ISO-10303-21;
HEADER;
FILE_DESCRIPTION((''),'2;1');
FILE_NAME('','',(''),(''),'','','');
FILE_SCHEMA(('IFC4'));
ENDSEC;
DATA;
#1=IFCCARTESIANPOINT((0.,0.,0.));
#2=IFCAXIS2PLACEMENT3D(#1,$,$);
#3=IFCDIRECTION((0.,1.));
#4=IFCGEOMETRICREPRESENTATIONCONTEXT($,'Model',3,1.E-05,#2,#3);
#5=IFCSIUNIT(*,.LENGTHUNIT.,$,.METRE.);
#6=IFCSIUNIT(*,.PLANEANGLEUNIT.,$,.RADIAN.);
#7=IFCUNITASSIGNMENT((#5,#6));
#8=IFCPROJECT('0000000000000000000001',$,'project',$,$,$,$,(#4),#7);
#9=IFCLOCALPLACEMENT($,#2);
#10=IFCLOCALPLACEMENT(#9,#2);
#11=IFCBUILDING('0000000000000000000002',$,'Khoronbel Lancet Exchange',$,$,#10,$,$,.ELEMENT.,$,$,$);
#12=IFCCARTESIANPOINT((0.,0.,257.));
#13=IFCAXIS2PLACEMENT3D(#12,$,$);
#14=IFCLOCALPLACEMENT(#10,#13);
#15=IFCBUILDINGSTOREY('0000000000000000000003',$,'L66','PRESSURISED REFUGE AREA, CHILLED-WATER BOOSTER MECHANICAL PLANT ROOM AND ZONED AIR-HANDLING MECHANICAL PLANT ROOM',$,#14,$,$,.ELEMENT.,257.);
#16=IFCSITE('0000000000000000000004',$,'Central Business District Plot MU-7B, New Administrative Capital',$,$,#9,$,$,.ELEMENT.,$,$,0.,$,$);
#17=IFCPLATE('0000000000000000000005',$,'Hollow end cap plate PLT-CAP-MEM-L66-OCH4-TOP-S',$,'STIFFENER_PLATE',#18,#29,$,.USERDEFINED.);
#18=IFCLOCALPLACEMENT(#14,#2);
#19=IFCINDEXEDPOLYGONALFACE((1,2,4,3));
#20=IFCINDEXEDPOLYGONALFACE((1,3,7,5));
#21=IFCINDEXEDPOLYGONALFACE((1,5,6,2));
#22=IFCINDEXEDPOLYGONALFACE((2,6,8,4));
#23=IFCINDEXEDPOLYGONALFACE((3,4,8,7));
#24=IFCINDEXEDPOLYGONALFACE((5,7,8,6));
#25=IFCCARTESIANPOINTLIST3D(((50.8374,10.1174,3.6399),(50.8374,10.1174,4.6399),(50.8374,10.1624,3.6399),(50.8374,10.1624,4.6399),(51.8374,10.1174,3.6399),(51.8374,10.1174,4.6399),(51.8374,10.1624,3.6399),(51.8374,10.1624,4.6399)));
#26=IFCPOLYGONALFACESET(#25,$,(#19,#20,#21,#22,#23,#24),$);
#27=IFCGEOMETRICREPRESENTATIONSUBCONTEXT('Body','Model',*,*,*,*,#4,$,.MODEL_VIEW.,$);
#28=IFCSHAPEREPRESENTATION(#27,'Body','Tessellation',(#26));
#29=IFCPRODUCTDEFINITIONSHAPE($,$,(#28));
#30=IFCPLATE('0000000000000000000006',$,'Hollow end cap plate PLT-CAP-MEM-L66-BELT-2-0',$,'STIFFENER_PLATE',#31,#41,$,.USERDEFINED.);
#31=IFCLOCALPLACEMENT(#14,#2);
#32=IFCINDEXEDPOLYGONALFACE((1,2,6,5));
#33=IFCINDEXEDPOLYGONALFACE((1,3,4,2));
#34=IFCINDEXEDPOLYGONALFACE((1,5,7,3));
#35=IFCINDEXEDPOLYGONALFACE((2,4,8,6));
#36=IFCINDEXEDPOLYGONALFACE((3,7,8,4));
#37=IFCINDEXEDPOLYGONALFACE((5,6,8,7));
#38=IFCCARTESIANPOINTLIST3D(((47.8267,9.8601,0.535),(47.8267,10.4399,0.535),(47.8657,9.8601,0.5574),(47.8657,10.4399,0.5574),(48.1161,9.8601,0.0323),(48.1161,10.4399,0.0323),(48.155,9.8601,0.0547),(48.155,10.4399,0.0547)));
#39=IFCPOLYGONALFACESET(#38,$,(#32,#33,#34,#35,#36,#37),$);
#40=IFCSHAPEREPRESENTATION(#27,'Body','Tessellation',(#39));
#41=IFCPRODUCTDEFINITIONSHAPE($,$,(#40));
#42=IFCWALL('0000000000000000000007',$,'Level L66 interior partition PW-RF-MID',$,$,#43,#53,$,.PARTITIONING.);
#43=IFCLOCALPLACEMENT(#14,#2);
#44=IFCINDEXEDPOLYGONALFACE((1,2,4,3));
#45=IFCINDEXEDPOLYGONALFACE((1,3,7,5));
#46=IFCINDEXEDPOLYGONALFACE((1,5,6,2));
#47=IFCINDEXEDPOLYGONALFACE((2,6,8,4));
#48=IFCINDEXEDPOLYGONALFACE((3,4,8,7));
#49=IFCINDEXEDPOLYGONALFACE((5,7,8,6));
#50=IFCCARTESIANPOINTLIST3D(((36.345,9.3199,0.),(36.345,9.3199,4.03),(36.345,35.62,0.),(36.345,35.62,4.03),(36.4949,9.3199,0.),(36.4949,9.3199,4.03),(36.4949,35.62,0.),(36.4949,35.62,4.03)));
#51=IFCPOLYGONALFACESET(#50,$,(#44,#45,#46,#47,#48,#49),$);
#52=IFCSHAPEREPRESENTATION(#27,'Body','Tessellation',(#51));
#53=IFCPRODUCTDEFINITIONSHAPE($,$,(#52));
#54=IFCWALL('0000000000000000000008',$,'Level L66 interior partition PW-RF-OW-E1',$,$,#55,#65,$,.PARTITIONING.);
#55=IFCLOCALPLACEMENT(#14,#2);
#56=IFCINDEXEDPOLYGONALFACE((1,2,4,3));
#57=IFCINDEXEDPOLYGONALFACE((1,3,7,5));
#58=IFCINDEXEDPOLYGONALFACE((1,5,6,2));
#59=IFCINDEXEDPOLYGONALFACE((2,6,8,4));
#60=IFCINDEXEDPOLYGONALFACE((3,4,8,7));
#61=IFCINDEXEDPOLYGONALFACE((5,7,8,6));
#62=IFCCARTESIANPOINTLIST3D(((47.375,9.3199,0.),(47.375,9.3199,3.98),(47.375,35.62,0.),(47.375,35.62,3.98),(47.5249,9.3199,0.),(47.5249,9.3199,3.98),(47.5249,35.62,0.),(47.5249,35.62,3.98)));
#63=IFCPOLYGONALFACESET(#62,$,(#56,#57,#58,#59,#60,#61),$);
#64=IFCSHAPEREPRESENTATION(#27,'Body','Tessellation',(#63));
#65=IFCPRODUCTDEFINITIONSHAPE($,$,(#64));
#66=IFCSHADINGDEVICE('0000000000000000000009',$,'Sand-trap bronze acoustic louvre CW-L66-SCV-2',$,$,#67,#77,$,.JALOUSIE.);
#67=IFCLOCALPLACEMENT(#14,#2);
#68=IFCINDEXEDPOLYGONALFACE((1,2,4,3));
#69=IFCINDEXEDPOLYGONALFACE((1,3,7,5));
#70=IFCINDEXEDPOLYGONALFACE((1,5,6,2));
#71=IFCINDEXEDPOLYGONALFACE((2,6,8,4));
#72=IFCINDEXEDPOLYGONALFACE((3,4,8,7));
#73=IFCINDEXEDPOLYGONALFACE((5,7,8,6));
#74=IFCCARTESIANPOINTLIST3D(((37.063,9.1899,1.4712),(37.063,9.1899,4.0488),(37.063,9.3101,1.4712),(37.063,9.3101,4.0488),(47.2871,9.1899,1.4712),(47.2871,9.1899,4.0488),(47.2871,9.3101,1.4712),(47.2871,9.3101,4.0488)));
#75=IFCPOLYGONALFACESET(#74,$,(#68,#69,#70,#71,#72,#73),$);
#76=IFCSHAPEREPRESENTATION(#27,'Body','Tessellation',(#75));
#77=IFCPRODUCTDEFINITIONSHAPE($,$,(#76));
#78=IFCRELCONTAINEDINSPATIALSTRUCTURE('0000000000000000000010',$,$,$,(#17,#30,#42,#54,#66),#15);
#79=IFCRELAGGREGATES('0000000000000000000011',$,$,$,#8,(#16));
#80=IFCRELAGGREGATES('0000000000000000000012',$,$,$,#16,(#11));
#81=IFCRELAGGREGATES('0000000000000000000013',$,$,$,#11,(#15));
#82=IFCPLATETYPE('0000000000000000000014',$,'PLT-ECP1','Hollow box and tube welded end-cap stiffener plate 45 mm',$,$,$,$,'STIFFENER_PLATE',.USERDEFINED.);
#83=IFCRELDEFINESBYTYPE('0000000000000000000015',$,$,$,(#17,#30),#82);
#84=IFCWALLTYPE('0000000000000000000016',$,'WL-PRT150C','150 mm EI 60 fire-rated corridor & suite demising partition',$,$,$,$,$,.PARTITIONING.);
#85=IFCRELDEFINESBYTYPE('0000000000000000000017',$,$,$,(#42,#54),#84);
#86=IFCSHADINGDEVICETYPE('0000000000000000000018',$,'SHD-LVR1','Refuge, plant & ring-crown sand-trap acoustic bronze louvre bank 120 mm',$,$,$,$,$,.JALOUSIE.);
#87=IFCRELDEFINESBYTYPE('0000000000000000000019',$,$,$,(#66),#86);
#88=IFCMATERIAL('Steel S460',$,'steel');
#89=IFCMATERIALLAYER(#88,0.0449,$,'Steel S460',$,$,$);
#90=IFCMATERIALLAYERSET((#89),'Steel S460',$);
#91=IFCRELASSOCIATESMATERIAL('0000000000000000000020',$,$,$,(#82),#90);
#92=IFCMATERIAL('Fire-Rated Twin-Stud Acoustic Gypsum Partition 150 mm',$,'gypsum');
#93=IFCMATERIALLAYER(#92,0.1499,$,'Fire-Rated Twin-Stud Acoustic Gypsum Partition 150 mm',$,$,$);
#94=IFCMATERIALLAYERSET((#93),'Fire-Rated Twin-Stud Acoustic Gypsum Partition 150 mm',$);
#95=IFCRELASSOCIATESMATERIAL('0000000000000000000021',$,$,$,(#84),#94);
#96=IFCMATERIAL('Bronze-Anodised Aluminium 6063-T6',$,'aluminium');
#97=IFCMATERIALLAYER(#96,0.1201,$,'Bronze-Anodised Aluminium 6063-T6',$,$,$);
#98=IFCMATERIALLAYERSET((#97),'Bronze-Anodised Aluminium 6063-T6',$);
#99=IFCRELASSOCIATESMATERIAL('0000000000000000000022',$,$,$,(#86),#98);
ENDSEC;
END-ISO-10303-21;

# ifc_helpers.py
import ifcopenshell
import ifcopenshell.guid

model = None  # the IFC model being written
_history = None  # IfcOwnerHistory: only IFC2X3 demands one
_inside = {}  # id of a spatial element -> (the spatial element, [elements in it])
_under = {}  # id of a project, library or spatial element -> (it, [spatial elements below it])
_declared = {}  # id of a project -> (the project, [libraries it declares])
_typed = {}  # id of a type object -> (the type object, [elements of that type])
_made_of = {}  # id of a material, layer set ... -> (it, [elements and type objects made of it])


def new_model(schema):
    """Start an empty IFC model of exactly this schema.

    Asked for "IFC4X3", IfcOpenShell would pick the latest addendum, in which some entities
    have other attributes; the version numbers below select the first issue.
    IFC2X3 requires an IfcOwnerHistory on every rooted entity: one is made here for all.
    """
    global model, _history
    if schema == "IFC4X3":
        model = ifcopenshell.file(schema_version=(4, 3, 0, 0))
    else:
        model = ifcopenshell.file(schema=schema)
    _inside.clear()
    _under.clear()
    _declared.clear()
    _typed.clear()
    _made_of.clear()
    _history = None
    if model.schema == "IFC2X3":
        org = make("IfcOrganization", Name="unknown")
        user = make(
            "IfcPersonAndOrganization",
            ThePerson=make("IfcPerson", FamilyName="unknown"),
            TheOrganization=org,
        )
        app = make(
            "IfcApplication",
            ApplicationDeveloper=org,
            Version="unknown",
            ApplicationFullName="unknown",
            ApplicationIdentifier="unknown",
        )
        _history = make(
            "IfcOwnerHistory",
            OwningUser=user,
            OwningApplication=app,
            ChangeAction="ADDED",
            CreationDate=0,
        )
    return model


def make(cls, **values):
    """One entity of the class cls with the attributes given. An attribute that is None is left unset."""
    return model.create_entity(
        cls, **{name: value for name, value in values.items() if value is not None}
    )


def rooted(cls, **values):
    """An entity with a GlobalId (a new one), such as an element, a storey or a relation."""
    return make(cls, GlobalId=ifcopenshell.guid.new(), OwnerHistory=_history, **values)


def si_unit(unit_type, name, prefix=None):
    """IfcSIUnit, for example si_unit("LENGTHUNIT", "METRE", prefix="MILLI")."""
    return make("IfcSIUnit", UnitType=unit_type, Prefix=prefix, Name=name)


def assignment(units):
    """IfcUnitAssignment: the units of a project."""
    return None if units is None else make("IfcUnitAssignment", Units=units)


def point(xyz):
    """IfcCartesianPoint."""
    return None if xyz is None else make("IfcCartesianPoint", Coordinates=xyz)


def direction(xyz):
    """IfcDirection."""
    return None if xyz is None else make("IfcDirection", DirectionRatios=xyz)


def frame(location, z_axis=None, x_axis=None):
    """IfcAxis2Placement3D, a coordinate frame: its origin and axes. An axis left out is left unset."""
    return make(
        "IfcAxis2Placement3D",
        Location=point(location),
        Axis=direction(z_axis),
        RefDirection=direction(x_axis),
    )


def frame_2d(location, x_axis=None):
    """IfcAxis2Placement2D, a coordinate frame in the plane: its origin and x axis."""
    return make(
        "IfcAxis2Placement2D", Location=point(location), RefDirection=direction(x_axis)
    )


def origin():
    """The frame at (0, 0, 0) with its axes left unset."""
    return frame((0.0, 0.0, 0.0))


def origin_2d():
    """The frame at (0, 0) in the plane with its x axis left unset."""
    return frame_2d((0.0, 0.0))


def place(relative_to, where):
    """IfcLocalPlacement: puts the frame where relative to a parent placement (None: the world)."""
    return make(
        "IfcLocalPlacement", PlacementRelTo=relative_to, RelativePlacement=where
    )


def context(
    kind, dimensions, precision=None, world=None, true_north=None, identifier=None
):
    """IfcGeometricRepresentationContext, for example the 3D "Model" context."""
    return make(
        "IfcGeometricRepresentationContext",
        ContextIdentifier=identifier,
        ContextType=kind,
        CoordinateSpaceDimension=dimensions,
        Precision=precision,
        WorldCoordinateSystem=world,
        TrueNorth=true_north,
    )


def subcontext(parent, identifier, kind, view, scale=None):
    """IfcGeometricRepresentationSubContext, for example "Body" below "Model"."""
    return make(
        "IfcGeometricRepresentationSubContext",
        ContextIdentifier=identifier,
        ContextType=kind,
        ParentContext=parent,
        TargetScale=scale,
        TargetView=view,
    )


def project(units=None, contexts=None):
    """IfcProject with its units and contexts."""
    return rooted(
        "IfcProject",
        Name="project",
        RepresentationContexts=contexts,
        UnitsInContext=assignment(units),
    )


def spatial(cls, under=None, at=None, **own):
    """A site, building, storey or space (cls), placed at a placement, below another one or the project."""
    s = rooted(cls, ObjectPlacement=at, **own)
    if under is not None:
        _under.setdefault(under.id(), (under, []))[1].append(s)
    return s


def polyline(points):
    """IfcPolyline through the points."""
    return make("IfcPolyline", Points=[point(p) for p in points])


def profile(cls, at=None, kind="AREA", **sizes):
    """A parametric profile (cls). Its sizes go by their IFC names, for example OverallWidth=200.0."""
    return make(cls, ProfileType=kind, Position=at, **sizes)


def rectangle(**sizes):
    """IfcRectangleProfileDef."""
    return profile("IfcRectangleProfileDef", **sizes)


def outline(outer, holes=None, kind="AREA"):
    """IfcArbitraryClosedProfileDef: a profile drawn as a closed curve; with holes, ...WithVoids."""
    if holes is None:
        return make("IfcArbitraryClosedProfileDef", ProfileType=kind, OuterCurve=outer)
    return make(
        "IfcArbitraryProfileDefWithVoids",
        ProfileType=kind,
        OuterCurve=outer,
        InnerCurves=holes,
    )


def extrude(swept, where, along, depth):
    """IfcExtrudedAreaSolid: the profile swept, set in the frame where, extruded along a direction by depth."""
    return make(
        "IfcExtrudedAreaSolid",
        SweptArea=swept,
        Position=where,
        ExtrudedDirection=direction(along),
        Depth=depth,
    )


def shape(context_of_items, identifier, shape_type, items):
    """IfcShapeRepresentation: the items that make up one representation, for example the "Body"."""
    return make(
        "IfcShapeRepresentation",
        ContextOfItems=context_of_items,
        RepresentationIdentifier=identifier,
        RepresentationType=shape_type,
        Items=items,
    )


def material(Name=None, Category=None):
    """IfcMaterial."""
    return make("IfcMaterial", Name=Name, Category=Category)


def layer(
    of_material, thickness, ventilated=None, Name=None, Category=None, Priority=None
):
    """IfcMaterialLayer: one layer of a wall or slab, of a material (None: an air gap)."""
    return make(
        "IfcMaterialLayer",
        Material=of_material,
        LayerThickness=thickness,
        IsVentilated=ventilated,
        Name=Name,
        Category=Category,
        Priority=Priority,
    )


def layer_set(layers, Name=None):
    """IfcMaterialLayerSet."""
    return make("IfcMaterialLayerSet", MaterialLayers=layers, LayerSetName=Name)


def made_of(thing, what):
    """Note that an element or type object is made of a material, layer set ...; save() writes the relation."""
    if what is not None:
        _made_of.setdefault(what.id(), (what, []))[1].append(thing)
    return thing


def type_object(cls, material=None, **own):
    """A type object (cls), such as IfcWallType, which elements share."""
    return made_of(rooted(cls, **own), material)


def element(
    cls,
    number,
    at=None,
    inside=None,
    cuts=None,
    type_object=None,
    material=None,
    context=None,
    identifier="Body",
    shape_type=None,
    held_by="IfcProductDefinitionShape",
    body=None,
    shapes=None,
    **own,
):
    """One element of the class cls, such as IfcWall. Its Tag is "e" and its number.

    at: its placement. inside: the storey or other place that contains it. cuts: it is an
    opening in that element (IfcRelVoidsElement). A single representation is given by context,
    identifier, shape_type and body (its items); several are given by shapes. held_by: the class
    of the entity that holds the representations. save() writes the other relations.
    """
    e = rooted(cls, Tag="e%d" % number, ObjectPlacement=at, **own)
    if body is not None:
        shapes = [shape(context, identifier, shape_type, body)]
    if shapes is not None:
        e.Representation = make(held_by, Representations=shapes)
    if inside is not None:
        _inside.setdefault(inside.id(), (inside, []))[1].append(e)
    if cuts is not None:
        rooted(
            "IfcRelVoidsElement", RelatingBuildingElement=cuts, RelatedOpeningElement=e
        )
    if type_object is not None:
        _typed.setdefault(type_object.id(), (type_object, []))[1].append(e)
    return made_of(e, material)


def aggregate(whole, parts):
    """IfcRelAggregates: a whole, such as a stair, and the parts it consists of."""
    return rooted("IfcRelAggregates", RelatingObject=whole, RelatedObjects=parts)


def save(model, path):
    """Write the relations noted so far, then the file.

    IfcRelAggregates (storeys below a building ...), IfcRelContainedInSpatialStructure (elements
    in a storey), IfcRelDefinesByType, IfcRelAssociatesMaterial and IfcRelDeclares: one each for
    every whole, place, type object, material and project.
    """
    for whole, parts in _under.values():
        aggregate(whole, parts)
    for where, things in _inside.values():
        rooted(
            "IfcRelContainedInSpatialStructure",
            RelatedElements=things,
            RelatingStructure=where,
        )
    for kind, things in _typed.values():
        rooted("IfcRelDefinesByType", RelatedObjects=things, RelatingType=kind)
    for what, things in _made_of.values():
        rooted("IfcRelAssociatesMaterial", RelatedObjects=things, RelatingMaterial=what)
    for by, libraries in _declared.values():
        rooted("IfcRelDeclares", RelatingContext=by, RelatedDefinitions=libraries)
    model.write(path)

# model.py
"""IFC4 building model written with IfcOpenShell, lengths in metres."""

from ifc_helpers import new_model, si_unit, direction, frame, frame_2d, origin, origin_2d, place, context, subcontext, project, spatial, polyline, rectangle, outline, extrude, material, layer, layer_set, type_object, element, save


model = new_model("IFC4")

# Units and contexts
model_context = context("Model", 3, precision=1e-05, world=origin(), true_north=direction((0.0, 1.0)))
body_context = subcontext(model_context, "Body", "Model", "MODEL_VIEW")
ifc_project = project(units=[si_unit("LENGTHUNIT", "METRE"), si_unit("PLANEANGLEUNIT", "RADIAN")], contexts=[model_context])

# Site, building, storey
site_placement = place(None, origin())
site = spatial("IfcSite", under=ifc_project, at=site_placement, Name="Central Business District Plot MU-7B, New Administrative Capital", CompositionType="ELEMENT", RefElevation=0.0)
building_placement = place(site_placement, origin())
building = spatial("IfcBuilding", under=site, at=building_placement, Name="Khoronbel Lancet Exchange", CompositionType="ELEMENT")
storey_placement = place(building_placement, frame((0.0, 0.0, 257.0)))
storey = spatial("IfcBuildingStorey", under=building, at=storey_placement, Name="L66", Description="PRESSURISED REFUGE AREA, CHILLED-WATER BOOSTER MECHANICAL PLANT ROOM AND ZONED AIR-HANDLING MECHANICAL PLANT ROOM", CompositionType="ELEMENT", Elevation=257.0)

# Shared definitions
ifc_material_1 = material(Name="Steel S460", Category="steel")

# Shared definitions
ifc_material_2 = material(Name="Bronze-Anodised Aluminium 6063-T6", Category="aluminium")

# Plates
ifc_layer_1 = layer(ifc_material_1, 0.0449, Name="Steel S460")
ifc_layer_set_1 = layer_set([ifc_layer_1], Name="Steel S460")
plate_type_1 = type_object("IfcPlateType", Name="PLT-ECP1", Description="Hollow box and tube welded end-cap stiffener plate 45 mm", ElementType="STIFFENER_PLATE", PredefinedType="USERDEFINED", material=ifc_layer_set_1)
for number, where, z_axis, x_axis, name in (
    (1, (51.3374, 10.1399, 3.6399), (0.0, 0.0, 1.0), (0.0, -1.0, 0.0), "Hollow end cap plate PLT-CAP-MEM-L66-OCH4-TOP-S"),
):
    element("IfcPlate", number, at=place(storey_placement, frame(where, z_axis=z_axis, x_axis=x_axis)), inside=storey, type_object=plate_type_1, Name=name, ObjectType="STIFFENER_PLATE", PredefinedType="USERDEFINED", context=body_context, shape_type="SweptSolid", body=[
        extrude(rectangle(XDim=0.0449, YDim=1.0, at=origin_2d()), origin(), (0.0, 0.0, 1.0), 1.0),
    ])
plate_1_placement = place(storey_placement, frame((48.155, 9.8601, 0.0547), z_axis=(0.866711, 0.0, 0.498811), x_axis=(0.0, 1.0, 0.0)))
element("IfcPlate", 2, at=plate_1_placement, inside=storey, type_object=plate_type_1, Name="Hollow end cap plate PLT-CAP-MEM-L66-BELT-2-0", ObjectType="STIFFENER_PLATE", PredefinedType="USERDEFINED", context=body_context, shape_type="SweptSolid", body=[
    extrude(outline(polyline([(0.0, 0.0), (0.5798, 0.0), (0.5798, 0.5801), (0.0, 0.5801), (0.0, 0.0)])), origin(), (0.0, 0.0, -1.0), 0.0449),
])

# Walls
ifc_material_3 = material(Name="Fire-Rated Twin-Stud Acoustic Gypsum Partition 150 mm", Category="gypsum")
ifc_layer_2 = layer(ifc_material_3, 0.1499, Name="Fire-Rated Twin-Stud Acoustic Gypsum Partition 150 mm")
ifc_layer_set_2 = layer_set([ifc_layer_2], Name="Fire-Rated Twin-Stud Acoustic Gypsum Partition 150 mm")
wall_type = type_object("IfcWallType", Name="WL-PRT150C", Description="150 mm EI 60 fire-rated corridor & suite demising partition", PredefinedType="PARTITIONING", material=ifc_layer_set_2)
wall_1_placement = place(storey_placement, frame((36.4199, 9.3201, 0.0), z_axis=(0.0, 0.0, 1.0), x_axis=(0.0, 1.0, 0.0)))
element("IfcWall", 3, at=wall_1_placement, inside=storey, type_object=wall_type, Name="Level L66 interior partition PW-RF-MID", PredefinedType="PARTITIONING", context=body_context, shape_type="SweptSolid", body=[
    extrude(rectangle(XDim=26.3, YDim=0.1499, at=frame_2d((13.1499, 0.0))), origin(), (0.0, 0.0, 1.0), 4.03),
])
wall_2_placement = place(storey_placement, frame((47.45, 9.3201, 0.0), z_axis=(0.0, 0.0, 1.0), x_axis=(0.0, 1.0, 0.0)))
element("IfcWall", 4, at=wall_2_placement, inside=storey, type_object=wall_type, Name="Level L66 interior partition PW-RF-OW-E1", PredefinedType="PARTITIONING", context=body_context, shape_type="SweptSolid", body=[
    extrude(rectangle(XDim=26.3, YDim=0.1499, at=frame_2d((13.1499, 0.0))), origin(), (0.0, 0.0, 1.0), 3.98),
])

# Shading device
ifc_layer_3 = layer(ifc_material_2, 0.1201, Name="Bronze-Anodised Aluminium 6063-T6")
ifc_layer_set_3 = layer_set([ifc_layer_3], Name="Bronze-Anodised Aluminium 6063-T6")
shading_device_type = type_object("IfcShadingDeviceType", Name="SHD-LVR1", Description="Refuge, plant & ring-crown sand-trap acoustic bronze louvre bank 120 mm", PredefinedType="JALOUSIE", material=ifc_layer_set_3)
shading_device_placement = place(storey_placement, frame((42.175, 9.25, 1.4712), z_axis=(0.0, 0.0, 1.0), x_axis=(1.0, 0.0, 0.0)))
element("IfcShadingDevice", 5, at=shading_device_placement, inside=storey, type_object=shading_device_type, Name="Sand-trap bronze acoustic louvre CW-L66-SCV-2", PredefinedType="JALOUSIE", context=body_context, shape_type="SweptSolid", body=[
    extrude(rectangle(XDim=10.2241, YDim=0.1201, at=origin_2d()), origin(), (0.0, 0.0, 1.0), 2.5776),
])

save(model, "model.ifc")
